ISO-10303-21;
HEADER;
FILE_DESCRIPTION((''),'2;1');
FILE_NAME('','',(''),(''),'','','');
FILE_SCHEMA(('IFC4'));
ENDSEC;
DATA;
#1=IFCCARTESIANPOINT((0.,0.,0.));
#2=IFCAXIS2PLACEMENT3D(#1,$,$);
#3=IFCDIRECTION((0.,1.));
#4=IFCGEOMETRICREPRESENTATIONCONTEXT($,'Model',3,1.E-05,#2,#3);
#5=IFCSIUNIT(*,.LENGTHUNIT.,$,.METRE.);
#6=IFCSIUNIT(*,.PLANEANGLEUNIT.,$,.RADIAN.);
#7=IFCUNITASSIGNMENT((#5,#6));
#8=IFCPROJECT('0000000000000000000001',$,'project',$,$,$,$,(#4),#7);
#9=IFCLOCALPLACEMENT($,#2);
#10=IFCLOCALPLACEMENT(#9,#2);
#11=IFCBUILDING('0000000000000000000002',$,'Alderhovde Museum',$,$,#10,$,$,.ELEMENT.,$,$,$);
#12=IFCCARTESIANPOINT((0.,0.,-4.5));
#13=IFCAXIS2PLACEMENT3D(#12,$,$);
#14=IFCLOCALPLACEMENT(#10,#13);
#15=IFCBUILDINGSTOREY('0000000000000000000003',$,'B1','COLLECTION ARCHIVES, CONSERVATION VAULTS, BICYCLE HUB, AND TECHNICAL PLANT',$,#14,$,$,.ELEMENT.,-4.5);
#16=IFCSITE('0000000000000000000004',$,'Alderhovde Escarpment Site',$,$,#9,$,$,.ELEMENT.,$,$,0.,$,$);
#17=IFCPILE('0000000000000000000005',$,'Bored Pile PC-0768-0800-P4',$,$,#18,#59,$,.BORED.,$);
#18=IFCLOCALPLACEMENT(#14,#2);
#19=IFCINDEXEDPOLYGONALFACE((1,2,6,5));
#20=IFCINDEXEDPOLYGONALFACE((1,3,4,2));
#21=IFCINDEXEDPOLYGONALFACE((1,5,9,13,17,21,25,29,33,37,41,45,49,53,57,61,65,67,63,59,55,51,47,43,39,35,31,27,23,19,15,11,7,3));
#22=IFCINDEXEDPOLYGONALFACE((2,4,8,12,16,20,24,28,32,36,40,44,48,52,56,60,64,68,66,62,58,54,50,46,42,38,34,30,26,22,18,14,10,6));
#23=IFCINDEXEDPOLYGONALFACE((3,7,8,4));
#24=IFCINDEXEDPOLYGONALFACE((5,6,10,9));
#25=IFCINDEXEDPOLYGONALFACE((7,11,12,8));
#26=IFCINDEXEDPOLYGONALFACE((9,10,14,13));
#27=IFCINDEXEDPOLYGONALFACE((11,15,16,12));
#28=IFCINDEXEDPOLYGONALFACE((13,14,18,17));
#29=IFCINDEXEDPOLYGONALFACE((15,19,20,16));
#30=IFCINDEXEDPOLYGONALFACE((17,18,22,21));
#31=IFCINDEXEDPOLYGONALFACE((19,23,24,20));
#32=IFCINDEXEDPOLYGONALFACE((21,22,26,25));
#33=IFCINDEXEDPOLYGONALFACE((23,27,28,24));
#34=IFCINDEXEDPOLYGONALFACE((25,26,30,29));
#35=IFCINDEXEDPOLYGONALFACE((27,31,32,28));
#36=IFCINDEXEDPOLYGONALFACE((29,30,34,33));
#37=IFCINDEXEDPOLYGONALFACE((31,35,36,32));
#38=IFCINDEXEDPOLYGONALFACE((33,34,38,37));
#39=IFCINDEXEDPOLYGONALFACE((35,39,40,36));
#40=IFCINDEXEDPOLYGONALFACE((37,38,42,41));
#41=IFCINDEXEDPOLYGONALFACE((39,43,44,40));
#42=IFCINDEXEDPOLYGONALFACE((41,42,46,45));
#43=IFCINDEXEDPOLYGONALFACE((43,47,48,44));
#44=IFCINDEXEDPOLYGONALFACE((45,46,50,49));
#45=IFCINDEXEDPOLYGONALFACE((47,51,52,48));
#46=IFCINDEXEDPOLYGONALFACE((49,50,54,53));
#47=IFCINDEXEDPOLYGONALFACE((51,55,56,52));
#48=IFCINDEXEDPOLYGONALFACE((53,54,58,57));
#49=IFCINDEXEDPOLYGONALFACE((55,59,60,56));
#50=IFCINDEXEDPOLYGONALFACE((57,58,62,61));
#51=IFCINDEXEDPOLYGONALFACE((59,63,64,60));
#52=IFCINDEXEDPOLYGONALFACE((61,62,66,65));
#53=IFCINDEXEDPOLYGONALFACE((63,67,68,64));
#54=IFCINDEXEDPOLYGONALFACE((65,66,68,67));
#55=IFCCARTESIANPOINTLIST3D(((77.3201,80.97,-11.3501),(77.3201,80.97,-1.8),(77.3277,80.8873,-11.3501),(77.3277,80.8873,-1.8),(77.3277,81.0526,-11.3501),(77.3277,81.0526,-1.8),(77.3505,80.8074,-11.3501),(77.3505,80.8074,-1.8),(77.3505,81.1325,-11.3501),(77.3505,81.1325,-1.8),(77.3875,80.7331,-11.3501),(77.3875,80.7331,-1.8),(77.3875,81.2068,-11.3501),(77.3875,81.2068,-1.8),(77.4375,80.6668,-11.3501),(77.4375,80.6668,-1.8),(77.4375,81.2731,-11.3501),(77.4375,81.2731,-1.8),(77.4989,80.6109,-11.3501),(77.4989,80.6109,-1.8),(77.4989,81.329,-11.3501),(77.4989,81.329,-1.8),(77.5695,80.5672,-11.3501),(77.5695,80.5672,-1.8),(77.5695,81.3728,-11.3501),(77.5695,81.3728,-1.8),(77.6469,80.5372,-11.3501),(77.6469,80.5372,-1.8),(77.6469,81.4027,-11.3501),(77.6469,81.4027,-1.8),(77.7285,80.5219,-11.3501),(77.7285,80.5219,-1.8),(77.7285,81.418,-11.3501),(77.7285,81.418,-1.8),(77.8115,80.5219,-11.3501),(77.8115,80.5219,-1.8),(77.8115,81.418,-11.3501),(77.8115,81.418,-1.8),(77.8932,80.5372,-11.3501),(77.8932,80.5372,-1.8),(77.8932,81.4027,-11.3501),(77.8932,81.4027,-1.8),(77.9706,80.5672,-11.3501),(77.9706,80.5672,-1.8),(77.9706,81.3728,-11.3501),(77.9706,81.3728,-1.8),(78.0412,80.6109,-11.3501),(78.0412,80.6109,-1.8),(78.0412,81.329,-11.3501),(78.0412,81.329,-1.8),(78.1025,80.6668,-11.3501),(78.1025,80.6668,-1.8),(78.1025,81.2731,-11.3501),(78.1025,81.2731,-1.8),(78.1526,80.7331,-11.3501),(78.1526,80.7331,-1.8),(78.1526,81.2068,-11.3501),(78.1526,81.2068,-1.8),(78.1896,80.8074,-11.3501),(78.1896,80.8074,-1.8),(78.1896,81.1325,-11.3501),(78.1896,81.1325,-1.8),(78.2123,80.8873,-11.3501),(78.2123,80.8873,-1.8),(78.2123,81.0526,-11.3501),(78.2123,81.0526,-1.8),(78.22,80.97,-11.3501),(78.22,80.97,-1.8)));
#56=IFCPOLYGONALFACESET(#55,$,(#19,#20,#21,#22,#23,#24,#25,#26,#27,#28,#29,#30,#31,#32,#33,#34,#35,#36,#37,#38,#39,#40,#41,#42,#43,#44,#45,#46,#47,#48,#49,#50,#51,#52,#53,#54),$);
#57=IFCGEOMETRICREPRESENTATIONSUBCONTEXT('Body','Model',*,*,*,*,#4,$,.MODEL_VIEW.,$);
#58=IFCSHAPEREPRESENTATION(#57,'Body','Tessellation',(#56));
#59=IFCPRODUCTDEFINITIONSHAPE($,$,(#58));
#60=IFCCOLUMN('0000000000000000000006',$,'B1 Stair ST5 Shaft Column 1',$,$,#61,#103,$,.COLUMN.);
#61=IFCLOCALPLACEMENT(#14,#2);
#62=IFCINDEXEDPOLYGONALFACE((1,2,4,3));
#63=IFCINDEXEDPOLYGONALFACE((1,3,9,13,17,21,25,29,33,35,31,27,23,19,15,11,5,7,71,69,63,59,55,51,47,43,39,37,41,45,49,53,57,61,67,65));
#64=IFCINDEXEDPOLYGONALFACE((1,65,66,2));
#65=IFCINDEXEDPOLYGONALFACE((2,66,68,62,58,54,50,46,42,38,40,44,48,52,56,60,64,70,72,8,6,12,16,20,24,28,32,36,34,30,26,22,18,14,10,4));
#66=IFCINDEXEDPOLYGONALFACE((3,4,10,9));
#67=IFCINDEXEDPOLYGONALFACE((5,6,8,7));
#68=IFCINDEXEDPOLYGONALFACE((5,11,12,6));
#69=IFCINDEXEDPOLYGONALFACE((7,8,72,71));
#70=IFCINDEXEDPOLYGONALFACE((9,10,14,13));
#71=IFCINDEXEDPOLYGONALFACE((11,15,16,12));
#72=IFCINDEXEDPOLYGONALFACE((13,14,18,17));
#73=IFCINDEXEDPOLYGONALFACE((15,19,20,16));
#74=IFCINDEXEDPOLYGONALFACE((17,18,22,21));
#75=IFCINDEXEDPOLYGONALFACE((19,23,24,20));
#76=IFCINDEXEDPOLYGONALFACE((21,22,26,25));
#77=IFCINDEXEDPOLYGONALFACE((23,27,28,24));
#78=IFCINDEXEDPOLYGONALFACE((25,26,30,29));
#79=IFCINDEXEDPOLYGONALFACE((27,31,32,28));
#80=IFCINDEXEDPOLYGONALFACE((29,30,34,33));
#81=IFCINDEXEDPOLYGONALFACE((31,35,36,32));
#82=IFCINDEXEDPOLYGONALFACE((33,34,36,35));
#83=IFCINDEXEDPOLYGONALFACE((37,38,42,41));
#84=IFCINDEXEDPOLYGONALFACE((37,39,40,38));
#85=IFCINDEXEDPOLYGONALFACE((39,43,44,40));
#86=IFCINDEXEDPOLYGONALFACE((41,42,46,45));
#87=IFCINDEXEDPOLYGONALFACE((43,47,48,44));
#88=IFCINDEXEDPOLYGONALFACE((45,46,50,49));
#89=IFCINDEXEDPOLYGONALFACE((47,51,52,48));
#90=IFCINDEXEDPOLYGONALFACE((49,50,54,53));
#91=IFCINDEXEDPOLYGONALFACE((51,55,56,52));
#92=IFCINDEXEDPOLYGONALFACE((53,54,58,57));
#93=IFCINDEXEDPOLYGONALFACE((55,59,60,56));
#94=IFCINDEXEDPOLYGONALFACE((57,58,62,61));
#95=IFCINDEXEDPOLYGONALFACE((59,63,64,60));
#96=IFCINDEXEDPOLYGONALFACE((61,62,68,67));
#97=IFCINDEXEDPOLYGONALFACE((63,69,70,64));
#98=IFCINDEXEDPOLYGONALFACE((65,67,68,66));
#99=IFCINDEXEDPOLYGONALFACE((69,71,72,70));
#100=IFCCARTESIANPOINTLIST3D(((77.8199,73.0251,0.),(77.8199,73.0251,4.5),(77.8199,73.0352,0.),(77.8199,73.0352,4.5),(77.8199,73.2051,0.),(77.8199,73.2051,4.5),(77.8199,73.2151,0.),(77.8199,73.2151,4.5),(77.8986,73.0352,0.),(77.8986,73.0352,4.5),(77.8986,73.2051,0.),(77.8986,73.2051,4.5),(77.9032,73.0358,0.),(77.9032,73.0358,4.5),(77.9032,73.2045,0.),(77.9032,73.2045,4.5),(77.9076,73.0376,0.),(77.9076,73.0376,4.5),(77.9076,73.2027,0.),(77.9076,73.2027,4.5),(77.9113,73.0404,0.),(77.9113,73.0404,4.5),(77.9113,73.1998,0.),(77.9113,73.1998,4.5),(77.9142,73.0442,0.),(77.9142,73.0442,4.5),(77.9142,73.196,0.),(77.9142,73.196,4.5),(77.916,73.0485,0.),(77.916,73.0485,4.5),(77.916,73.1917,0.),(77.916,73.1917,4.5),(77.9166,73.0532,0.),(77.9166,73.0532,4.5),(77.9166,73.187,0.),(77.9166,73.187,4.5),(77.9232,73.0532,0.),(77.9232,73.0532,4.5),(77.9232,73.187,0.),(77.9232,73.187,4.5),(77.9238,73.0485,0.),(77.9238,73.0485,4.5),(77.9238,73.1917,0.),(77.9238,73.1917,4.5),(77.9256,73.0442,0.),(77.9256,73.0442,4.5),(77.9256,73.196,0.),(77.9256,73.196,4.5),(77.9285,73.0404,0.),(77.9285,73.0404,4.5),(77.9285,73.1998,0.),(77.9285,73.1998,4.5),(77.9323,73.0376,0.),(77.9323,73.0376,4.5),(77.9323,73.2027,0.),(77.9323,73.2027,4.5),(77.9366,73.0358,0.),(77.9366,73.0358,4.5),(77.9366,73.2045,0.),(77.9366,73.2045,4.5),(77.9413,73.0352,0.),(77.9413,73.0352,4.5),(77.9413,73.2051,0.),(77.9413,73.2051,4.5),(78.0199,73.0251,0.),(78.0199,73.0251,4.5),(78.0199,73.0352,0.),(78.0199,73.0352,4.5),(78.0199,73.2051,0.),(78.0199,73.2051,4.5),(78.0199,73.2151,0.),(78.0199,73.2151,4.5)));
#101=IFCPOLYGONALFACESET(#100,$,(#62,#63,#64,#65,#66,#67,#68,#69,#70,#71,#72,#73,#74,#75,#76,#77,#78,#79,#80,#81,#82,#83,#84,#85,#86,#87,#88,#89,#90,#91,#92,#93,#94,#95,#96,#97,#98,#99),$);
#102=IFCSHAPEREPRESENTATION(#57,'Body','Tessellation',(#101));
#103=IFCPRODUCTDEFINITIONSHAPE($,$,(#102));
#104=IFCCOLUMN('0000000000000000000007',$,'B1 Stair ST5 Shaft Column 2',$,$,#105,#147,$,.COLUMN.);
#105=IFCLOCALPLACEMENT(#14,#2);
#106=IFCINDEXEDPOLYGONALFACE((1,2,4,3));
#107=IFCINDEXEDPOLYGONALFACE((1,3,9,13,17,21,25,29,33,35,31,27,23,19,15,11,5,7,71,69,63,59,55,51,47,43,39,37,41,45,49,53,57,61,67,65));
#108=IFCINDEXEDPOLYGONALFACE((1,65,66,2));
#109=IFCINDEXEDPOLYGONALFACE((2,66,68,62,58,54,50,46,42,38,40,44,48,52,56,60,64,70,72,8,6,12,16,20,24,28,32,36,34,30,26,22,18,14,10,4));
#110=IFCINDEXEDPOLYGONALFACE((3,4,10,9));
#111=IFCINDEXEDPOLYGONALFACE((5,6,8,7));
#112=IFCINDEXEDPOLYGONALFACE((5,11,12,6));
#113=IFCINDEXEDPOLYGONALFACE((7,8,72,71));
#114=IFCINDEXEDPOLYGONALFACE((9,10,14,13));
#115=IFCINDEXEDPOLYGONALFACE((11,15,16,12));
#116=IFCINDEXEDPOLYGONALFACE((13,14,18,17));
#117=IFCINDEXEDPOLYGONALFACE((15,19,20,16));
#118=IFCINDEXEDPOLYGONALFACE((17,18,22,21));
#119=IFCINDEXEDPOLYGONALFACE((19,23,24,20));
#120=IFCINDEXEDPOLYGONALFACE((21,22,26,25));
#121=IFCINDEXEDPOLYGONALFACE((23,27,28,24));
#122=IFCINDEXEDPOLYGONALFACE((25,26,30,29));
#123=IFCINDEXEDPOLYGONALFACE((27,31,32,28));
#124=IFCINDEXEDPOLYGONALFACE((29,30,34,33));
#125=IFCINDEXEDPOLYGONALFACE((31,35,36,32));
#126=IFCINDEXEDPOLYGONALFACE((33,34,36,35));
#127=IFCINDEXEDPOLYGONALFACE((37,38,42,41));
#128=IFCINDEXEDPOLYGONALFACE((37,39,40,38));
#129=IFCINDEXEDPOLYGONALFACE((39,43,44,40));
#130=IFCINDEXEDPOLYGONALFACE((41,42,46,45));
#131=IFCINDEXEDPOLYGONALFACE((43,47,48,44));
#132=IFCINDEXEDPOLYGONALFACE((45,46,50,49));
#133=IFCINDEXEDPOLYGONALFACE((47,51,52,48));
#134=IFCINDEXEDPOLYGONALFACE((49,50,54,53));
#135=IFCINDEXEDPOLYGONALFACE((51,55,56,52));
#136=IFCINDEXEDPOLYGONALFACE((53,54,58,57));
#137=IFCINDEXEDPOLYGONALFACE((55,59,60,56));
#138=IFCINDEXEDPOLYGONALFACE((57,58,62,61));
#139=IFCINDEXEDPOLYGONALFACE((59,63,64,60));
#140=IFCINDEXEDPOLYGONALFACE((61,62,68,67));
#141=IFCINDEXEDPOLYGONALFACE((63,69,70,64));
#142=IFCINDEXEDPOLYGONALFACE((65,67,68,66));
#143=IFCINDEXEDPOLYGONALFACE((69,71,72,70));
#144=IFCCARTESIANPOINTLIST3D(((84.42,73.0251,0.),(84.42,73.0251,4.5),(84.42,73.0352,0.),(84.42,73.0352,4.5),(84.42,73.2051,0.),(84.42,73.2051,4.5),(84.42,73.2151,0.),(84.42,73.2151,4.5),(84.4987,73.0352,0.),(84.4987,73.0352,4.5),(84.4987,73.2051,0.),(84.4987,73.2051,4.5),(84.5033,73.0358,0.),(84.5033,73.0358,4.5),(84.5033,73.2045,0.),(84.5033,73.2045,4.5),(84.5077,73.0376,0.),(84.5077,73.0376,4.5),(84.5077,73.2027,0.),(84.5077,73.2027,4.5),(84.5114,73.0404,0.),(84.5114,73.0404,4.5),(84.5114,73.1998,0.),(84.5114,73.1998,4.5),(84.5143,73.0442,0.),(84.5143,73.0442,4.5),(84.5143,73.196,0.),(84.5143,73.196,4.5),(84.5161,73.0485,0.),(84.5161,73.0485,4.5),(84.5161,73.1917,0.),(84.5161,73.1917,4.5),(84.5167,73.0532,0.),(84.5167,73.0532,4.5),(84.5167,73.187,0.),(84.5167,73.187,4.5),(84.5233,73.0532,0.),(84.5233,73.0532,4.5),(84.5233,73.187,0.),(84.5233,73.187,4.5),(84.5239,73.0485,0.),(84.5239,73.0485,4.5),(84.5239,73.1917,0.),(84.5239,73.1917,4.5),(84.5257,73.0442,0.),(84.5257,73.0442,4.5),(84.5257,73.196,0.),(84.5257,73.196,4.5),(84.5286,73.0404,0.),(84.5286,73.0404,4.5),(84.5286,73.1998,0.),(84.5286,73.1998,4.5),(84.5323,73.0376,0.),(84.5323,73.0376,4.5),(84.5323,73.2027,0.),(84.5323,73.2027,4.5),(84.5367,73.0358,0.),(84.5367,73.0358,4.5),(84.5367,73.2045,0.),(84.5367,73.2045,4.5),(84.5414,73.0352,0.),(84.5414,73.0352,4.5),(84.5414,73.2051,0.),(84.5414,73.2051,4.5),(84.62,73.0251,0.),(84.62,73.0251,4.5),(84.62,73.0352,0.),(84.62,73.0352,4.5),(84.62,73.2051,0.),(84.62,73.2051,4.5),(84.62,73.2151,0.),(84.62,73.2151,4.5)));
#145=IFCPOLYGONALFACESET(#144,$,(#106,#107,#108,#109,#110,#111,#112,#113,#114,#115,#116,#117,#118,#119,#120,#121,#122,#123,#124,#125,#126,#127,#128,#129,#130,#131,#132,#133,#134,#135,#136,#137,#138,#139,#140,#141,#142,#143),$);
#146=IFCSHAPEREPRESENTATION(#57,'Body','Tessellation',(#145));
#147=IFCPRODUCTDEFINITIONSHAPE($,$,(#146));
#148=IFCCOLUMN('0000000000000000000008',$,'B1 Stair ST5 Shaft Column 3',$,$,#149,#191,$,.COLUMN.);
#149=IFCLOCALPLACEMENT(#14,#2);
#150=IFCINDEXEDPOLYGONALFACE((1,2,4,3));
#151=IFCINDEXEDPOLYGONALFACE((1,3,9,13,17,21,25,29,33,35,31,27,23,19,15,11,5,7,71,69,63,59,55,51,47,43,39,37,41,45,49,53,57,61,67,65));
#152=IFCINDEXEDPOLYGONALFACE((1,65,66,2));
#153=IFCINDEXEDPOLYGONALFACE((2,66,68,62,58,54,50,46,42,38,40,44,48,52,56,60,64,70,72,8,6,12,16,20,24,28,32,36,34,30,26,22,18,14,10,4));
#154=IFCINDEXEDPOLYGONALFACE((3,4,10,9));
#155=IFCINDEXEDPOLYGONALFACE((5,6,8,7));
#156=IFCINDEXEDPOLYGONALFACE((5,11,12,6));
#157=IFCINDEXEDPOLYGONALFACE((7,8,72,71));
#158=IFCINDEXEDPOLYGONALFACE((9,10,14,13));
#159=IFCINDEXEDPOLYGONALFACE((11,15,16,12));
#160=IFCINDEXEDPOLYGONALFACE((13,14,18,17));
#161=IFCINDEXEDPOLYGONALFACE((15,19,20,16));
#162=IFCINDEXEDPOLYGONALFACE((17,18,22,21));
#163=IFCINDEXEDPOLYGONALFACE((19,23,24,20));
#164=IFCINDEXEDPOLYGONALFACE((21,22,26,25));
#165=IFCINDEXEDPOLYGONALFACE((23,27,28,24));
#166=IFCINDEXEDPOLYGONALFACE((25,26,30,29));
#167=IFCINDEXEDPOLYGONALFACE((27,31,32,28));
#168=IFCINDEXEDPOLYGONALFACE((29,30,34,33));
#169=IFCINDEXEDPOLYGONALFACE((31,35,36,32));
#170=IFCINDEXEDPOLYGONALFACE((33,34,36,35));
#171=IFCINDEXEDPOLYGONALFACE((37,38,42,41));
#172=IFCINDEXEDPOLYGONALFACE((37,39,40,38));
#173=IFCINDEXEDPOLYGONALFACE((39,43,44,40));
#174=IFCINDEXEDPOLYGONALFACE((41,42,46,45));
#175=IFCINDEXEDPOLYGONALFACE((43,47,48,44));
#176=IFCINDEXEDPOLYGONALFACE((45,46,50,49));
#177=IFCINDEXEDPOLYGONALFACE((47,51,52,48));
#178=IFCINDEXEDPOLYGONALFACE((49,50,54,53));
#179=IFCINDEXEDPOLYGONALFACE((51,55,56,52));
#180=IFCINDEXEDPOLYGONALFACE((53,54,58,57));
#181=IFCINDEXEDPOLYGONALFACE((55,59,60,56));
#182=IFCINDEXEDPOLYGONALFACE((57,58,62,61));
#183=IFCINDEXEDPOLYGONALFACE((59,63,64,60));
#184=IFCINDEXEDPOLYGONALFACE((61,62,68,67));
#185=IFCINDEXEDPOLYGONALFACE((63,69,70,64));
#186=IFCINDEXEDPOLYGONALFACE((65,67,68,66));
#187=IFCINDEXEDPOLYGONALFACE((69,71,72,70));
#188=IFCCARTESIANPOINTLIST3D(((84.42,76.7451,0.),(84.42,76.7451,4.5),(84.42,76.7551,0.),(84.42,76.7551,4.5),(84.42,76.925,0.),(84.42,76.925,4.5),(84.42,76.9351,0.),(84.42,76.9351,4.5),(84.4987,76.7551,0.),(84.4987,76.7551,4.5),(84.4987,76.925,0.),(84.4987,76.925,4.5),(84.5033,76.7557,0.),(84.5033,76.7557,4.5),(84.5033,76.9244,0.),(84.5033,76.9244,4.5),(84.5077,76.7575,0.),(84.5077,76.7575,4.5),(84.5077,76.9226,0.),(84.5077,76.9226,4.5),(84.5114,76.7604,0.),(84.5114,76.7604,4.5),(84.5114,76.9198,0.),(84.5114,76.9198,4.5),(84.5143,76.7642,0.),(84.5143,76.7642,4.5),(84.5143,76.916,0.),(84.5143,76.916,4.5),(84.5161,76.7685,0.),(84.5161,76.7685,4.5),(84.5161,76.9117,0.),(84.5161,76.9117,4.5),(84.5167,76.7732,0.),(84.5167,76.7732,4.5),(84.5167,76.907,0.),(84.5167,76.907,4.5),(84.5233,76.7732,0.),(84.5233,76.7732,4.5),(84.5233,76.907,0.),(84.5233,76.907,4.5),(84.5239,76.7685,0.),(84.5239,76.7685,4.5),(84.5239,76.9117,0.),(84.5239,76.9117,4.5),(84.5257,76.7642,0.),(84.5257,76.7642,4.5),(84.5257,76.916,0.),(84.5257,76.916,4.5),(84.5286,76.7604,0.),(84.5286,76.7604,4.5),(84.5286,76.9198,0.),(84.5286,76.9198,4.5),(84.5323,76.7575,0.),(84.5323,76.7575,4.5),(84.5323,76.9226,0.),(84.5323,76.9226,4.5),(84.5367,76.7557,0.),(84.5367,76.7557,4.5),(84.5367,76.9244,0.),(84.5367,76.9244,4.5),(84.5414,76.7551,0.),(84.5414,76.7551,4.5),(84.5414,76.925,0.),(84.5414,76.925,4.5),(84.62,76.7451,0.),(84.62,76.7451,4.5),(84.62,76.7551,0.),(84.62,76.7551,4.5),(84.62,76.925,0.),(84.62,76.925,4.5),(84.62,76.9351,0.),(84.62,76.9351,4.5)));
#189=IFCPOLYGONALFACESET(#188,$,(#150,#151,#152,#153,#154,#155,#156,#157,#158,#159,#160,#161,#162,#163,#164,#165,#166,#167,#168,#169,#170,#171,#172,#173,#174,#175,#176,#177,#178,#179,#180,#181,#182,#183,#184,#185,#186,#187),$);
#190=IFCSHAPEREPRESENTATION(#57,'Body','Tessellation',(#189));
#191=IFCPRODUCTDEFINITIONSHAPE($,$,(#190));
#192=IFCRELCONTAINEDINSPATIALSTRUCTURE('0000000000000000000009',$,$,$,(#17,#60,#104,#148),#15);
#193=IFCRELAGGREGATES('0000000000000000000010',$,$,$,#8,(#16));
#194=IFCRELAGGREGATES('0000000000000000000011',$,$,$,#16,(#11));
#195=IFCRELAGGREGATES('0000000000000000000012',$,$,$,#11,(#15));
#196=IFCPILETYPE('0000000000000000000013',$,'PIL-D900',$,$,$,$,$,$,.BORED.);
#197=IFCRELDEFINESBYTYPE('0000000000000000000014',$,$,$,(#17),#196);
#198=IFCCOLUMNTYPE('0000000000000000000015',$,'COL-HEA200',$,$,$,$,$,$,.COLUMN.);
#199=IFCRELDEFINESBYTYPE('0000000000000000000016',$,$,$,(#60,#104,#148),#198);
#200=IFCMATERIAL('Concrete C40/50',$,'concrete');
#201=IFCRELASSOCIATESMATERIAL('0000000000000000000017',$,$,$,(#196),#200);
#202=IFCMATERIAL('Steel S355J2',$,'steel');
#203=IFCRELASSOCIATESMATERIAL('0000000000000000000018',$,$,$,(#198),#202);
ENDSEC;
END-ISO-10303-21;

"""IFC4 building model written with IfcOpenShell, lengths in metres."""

from ifc_helpers import new_model, si_unit, direction, frame, origin, origin_2d, place, context, subcontext, project, spatial, circle, i_section, extrude, material, material_profile, profile_set, type_object, element, save


model = new_model("IFC4")

# Units and contexts
model_context = context("Model", 3, precision=1e-05, world=origin(), true_north=direction((0.0, 1.0)))
body_context = subcontext(model_context, "Body", "Model", "MODEL_VIEW")
ifc_project = project(units=[si_unit("LENGTHUNIT", "METRE"), si_unit("PLANEANGLEUNIT", "RADIAN")], contexts=[model_context])

# Site, building, storey
site_placement = place(None, origin())
site = spatial("IfcSite", under=ifc_project, at=site_placement, Name="Alderhovde Escarpment Site", CompositionType="ELEMENT", RefElevation=0.0)
building_placement = place(site_placement, origin())
building = spatial("IfcBuilding", under=site, at=building_placement, Name="Alderhovde Museum", CompositionType="ELEMENT")
storey_placement = place(building_placement, frame((0.0, 0.0, -4.5)))
storey = spatial("IfcBuildingStorey", under=building, at=storey_placement, Name="B1", Description="COLLECTION ARCHIVES, CONSERVATION VAULTS, BICYCLE HUB, AND TECHNICAL PLANT", CompositionType="ELEMENT", Elevation=-4.5)

# Pile
ifc_material_1 = material(Name="Concrete C40/50", Category="concrete")
ifc_material_profile_1 = material_profile(ifc_material_1, circle(Radius=0.45, at=origin_2d()), Name="PILE-D900")
ifc_profile_set_1 = profile_set([ifc_material_profile_1], Name="Concrete C40/50")
pile_type_1 = type_object("IfcPileType", Name="PIL-D900", PredefinedType="BORED", material=ifc_profile_set_1)
for number, where, z_axis, x_axis, name in (
    (1, (77.77, 80.97, -1.8), (0.0, 0.0, -1.0), (1.0, 0.0, 0.0), "Bored Pile PC-0768-0800-P4"),
):
    element("IfcPile", number, at=place(storey_placement, frame(where, z_axis=z_axis, x_axis=x_axis)), inside=storey, type_object=pile_type_1, Name=name, PredefinedType="BORED", context=body_context, shape_type="SweptSolid", body=[
        extrude(circle(Radius=0.45, at=origin_2d()), origin(), (0.0, 0.0, 1.0), 9.55),
    ])

# Columns
ifc_material_2 = material(Name="Steel S355J2", Category="steel")
ifc_material_profile_2 = material_profile(ifc_material_2, i_section(OverallWidth=0.2, OverallDepth=0.1899, WebThickness=0.0066, FlangeThickness=0.01, FilletRadius=0.0181, at=origin_2d()), Name="HEA 200")
ifc_profile_set_2 = profile_set([ifc_material_profile_2], Name="Steel S355J2")
column_type_1 = type_object("IfcColumnType", Name="COL-HEA200", PredefinedType="COLUMN", material=ifc_profile_set_2)
for number, where, z_axis, x_axis, name in (
    (2, (77.9199, 73.1201, 0.0), (0.0, 0.0, 1.0), (1.0, 0.0, 0.0), "B1 Stair ST5 Shaft Column 1"),
    (3, (84.52, 73.1201, 0.0), (0.0, 0.0, 1.0), (1.0, 0.0, 0.0), "B1 Stair ST5 Shaft Column 2"),
    (4, (84.52, 76.8401, 0.0), (0.0, 0.0, 1.0), (1.0, 0.0, 0.0), "B1 Stair ST5 Shaft Column 3"),
):
    element("IfcColumn", number, at=place(storey_placement, frame(where, z_axis=z_axis, x_axis=x_axis)), inside=storey, type_object=column_type_1, Name=name, PredefinedType="COLUMN", context=body_context, shape_type="SweptSolid", body=[
        extrude(i_section(OverallWidth=0.2, OverallDepth=0.1899, WebThickness=0.0066, FlangeThickness=0.01, FilletRadius=0.0181, at=origin_2d()), origin(), (0.0, 0.0, 1.0), 4.5),
    ])

save(model, "model.ifc")
